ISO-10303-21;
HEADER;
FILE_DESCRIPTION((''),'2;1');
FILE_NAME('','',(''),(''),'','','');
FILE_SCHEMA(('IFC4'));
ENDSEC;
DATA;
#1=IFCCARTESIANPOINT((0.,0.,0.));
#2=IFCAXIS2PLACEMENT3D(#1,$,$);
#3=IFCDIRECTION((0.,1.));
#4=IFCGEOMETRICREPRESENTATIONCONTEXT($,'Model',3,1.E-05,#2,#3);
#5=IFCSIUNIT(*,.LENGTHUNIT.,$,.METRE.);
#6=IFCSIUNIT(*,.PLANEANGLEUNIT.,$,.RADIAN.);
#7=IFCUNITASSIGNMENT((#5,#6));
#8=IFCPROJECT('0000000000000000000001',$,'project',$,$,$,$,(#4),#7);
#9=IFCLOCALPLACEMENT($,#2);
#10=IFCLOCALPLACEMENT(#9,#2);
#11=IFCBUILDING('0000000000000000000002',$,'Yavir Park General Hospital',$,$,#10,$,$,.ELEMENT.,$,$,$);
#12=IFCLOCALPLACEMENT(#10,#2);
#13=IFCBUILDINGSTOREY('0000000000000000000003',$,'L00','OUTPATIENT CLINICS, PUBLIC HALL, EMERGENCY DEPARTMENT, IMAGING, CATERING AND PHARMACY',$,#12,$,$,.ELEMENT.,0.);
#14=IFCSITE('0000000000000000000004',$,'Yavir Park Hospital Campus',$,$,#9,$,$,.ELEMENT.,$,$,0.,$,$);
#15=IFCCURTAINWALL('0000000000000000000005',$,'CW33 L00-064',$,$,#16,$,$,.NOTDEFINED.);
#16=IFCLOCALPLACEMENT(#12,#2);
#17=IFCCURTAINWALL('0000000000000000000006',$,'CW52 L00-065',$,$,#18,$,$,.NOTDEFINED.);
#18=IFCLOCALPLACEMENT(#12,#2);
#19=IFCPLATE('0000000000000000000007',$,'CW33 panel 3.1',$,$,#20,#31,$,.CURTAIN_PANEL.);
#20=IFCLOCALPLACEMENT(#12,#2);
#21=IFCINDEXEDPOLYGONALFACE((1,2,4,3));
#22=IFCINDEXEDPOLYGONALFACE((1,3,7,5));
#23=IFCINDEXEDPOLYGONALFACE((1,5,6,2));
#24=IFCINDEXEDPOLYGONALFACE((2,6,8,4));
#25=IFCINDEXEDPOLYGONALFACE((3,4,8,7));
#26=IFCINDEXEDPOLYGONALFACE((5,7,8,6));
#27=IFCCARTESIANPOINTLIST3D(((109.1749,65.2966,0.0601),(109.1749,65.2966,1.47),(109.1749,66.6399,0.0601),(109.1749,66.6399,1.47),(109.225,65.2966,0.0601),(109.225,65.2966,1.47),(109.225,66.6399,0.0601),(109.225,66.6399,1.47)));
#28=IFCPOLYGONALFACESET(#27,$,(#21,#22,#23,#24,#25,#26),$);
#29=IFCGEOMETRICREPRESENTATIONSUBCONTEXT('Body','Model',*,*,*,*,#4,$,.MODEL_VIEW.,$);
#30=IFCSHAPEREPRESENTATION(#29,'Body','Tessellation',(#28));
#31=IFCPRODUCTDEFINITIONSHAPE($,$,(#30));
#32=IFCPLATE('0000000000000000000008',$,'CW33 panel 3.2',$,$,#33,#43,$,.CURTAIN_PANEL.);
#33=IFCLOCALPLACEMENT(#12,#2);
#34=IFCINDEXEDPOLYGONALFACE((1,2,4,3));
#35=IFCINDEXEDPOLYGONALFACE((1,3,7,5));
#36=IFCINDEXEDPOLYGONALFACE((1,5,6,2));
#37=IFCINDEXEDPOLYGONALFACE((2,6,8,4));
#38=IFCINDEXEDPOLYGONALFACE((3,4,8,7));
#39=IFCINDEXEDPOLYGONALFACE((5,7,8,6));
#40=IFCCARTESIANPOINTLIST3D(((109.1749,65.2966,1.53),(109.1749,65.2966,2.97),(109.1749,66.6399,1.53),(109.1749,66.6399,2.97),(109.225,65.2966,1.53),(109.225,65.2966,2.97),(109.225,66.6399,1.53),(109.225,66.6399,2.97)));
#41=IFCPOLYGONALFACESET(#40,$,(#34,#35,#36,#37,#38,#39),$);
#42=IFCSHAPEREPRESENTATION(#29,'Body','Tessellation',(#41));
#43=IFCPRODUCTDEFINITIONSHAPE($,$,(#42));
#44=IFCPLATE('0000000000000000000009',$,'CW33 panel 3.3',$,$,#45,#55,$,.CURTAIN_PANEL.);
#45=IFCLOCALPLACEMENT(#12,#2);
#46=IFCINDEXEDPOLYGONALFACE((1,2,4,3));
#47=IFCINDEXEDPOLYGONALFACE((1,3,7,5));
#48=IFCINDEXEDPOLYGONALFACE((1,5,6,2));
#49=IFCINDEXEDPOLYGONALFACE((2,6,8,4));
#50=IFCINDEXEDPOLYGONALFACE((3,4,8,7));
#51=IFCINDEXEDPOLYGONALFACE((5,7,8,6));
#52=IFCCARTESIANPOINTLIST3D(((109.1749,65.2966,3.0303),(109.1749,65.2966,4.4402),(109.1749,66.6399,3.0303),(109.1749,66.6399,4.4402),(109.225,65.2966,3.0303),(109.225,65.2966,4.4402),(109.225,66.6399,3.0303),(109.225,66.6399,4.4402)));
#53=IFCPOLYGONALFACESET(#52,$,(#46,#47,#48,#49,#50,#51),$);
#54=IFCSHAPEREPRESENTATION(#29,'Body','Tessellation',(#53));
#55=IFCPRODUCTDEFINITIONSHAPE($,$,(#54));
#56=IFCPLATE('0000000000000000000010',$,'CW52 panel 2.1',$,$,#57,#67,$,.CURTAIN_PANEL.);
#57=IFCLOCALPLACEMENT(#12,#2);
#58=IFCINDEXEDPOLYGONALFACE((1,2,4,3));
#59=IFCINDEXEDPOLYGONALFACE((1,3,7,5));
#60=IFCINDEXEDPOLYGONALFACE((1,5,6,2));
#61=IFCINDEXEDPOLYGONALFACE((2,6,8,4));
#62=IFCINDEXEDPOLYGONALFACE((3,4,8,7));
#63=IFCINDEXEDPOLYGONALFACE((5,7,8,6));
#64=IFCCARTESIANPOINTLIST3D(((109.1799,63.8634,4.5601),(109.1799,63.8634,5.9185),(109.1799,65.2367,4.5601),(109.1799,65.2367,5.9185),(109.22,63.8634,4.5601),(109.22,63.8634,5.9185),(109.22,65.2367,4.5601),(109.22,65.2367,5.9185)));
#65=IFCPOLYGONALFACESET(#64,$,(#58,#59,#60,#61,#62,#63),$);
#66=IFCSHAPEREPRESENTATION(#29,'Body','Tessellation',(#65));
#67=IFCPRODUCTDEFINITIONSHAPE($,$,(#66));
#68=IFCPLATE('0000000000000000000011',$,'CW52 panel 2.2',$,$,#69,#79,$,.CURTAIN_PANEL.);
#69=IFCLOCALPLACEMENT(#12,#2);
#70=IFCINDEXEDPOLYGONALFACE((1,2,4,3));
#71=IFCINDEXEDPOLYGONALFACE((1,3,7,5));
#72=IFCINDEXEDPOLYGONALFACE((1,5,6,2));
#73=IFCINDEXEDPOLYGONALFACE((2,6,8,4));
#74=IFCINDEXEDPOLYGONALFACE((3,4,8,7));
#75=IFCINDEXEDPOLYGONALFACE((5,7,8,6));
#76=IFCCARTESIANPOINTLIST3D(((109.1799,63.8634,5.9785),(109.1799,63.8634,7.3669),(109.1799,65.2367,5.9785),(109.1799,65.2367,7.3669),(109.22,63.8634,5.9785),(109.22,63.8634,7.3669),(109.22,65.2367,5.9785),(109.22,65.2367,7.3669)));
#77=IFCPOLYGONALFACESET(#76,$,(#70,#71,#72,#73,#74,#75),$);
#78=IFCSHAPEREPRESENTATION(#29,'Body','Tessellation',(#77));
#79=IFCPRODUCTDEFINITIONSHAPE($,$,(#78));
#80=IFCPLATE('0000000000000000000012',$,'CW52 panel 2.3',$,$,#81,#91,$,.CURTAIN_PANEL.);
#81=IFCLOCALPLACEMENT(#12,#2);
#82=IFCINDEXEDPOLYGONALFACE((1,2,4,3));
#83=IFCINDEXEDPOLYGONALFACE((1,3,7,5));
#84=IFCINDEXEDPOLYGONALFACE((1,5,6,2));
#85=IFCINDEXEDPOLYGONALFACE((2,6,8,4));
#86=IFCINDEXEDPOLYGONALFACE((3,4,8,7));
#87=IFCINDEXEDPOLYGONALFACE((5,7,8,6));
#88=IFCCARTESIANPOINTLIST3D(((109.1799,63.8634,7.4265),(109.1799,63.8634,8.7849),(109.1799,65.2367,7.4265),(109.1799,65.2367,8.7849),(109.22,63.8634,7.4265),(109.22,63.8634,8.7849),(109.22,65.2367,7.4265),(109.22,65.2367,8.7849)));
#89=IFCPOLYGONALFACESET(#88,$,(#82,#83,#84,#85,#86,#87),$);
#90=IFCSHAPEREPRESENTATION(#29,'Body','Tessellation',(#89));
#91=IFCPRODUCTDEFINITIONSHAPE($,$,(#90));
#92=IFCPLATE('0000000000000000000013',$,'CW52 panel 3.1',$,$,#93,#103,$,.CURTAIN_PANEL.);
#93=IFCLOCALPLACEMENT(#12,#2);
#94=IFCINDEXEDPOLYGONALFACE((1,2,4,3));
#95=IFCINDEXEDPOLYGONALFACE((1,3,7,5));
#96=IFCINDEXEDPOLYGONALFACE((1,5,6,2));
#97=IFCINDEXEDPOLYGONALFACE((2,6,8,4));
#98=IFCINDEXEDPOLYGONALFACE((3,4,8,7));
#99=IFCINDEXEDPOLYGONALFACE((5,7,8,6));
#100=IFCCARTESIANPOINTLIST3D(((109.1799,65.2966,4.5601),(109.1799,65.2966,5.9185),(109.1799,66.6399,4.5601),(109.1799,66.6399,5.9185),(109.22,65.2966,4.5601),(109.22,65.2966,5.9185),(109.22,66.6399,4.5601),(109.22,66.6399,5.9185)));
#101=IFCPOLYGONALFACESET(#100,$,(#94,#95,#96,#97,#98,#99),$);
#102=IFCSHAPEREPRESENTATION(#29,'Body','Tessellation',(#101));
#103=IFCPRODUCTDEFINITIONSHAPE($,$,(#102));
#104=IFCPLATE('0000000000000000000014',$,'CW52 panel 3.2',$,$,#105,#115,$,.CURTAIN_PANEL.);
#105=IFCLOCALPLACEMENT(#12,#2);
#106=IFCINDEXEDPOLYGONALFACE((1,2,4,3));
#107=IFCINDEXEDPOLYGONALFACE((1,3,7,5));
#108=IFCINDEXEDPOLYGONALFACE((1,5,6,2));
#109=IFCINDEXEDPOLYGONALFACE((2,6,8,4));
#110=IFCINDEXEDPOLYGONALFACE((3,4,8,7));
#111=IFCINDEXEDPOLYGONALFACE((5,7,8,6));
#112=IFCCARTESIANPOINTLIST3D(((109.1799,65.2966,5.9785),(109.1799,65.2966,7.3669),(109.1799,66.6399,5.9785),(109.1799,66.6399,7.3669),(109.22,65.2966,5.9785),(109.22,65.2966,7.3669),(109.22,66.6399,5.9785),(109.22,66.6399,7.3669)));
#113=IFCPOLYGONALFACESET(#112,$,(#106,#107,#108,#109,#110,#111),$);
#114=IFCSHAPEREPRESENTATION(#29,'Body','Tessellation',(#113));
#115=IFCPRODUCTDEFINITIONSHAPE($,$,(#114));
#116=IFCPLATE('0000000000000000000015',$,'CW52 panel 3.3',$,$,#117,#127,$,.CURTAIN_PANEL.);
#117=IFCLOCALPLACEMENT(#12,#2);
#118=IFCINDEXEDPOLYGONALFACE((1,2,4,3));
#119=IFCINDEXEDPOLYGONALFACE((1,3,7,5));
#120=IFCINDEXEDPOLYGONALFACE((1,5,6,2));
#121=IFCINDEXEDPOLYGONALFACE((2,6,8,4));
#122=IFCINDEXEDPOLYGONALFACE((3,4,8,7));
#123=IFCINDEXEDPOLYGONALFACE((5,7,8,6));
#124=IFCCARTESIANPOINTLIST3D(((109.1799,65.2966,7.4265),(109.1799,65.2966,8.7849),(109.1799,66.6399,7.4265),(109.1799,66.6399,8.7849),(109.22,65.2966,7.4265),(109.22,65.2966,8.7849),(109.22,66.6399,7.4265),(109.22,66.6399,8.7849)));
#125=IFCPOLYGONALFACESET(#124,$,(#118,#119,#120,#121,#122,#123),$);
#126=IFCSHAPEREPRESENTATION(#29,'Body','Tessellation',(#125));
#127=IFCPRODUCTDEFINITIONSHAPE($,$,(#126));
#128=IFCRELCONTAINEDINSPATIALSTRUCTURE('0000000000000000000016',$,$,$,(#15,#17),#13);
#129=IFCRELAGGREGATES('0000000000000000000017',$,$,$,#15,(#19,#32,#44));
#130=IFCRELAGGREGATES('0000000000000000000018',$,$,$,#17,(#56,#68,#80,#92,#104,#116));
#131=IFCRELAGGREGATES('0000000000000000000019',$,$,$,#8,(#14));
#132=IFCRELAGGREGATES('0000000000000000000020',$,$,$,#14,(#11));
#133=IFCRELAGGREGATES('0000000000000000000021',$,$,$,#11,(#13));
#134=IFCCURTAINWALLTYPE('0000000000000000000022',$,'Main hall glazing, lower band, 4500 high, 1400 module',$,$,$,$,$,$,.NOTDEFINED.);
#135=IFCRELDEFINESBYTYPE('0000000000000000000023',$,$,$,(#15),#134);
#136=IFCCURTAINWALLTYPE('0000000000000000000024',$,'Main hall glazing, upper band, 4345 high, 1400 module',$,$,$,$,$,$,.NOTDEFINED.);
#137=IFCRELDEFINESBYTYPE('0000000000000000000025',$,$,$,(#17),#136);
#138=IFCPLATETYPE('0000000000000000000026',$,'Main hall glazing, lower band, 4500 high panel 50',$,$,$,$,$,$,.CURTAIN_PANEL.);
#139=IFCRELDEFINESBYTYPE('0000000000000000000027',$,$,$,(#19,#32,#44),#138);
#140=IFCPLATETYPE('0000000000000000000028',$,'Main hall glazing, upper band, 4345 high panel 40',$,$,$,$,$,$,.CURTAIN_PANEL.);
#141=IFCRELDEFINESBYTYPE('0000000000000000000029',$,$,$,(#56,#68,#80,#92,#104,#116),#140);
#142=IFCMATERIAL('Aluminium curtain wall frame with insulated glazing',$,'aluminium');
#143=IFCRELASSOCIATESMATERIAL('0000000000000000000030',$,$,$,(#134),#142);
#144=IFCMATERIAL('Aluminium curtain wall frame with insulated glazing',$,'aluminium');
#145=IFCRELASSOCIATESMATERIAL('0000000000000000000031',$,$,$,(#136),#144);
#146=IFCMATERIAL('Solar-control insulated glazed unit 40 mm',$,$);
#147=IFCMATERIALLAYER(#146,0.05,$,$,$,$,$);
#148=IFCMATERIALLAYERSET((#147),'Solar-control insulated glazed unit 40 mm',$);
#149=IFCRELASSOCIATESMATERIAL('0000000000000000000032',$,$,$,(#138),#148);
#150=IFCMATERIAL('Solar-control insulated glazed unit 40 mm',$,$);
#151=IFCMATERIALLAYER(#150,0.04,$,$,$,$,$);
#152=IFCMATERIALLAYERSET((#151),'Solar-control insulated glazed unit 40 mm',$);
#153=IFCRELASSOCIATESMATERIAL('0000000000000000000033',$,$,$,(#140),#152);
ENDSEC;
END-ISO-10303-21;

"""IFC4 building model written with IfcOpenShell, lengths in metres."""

from ifc_helpers import new_model, si_unit, direction, frame, origin, origin_2d, place, context, subcontext, project, spatial, rectangle, extrude, material, layer, layer_set, type_object, element, aggregate, save


model = new_model("IFC4")

# Units and contexts
model_context = context("Model", 3, precision=1e-05, world=origin(), true_north=direction((0.0, 1.0)))
body_context = subcontext(model_context, "Body", "Model", "MODEL_VIEW")
ifc_project = project(units=[si_unit("LENGTHUNIT", "METRE"), si_unit("PLANEANGLEUNIT", "RADIAN")], contexts=[model_context])

# Site, building, storey
site_placement = place(None, origin())
site = spatial("IfcSite", under=ifc_project, at=site_placement, Name="Yavir Park Hospital Campus", CompositionType="ELEMENT", RefElevation=0.0)
building_placement = place(site_placement, origin())
building = spatial("IfcBuilding", under=site, at=building_placement, Name="Yavir Park General Hospital", CompositionType="ELEMENT")
storey_placement = place(building_placement, origin())
storey = spatial("IfcBuildingStorey", under=building, at=storey_placement, Name="L00", Description="OUTPATIENT CLINICS, PUBLIC HALL, EMERGENCY DEPARTMENT, IMAGING, CATERING AND PHARMACY", CompositionType="ELEMENT", Elevation=0.0)

# Curtain walls
ifc_material_1 = material(Name="Aluminium curtain wall frame with insulated glazing", Category="aluminium")
curtain_wall_type_1 = type_object("IfcCurtainWallType", Name="Main hall glazing, lower band, 4500 high, 1400 module", PredefinedType="NOTDEFINED", material=ifc_material_1)
curtain_wall_1_placement = place(storey_placement, origin())
curtain_wall_1 = element("IfcCurtainWall", 1, at=curtain_wall_1_placement, inside=storey, type_object=curtain_wall_type_1, Name="CW33 L00-064", PredefinedType="NOTDEFINED")
ifc_material_2 = material(Name="Aluminium curtain wall frame with insulated glazing", Category="aluminium")
curtain_wall_type_2 = type_object("IfcCurtainWallType", Name="Main hall glazing, upper band, 4345 high, 1400 module", PredefinedType="NOTDEFINED", material=ifc_material_2)
curtain_wall_2_placement = place(storey_placement, origin())
curtain_wall_2 = element("IfcCurtainWall", 2, at=curtain_wall_2_placement, inside=storey, type_object=curtain_wall_type_2, Name="CW52 L00-065", PredefinedType="NOTDEFINED")

# Plates
ifc_material_3 = material(Name="Solar-control insulated glazed unit 40 mm")
ifc_layer_1 = layer(ifc_material_3, 0.05)
ifc_layer_set_1 = layer_set([ifc_layer_1], Name="Solar-control insulated glazed unit 40 mm")
plate_type_1 = type_object("IfcPlateType", Name="Main hall glazing, lower band, 4500 high panel 50", PredefinedType="CURTAIN_PANEL", material=ifc_layer_set_1)
plate_1_placement = place(storey_placement, frame((109.2, 65.9683, 0.0601), z_axis=(0.0, 0.0, 1.0), x_axis=(0.0, 1.0, 0.0)))
plate_1 = element("IfcPlate", 3, at=plate_1_placement, type_object=plate_type_1, Name="CW33 panel 3.1", PredefinedType="CURTAIN_PANEL", context=body_context, shape_type="SweptSolid", body=[
    extrude(rectangle(XDim=1.3433, YDim=0.05, at=origin_2d()), origin(), (0.0, 0.0, 1.0), 1.4099),
])
plate_2_placement = place(storey_placement, frame((109.2, 65.9683, 1.53), z_axis=(0.0, 0.0, 1.0), x_axis=(0.0, 1.0, 0.0)))
plate_2 = element("IfcPlate", 4, at=plate_2_placement, type_object=plate_type_1, Name="CW33 panel 3.2", PredefinedType="CURTAIN_PANEL", context=body_context, shape_type="SweptSolid", body=[
    extrude(rectangle(XDim=1.3433, YDim=0.05, at=origin_2d()), origin(), (0.0, 0.0, 1.0), 1.4399),
])
plate_3_placement = place(storey_placement, frame((109.2, 65.9683, 3.0303), z_axis=(0.0, 0.0, 1.0), x_axis=(0.0, 1.0, 0.0)))
plate_3 = element("IfcPlate", 5, at=plate_3_placement, type_object=plate_type_1, Name="CW33 panel 3.3", PredefinedType="CURTAIN_PANEL", context=body_context, shape_type="SweptSolid", body=[
    extrude(rectangle(XDim=1.3433, YDim=0.05, at=origin_2d()), origin(), (0.0, 0.0, 1.0), 1.4099),
])
aggregate(curtain_wall_1, [plate_1, plate_2, plate_3])
ifc_material_4 = material(Name="Solar-control insulated glazed unit 40 mm")
ifc_layer_2 = layer(ifc_material_4, 0.04)
ifc_layer_set_2 = layer_set([ifc_layer_2], Name="Solar-control insulated glazed unit 40 mm")
plate_type_2 = type_object("IfcPlateType", Name="Main hall glazing, upper band, 4345 high panel 40", PredefinedType="CURTAIN_PANEL", material=ifc_layer_set_2)
plate_4_placement = place(storey_placement, frame((109.2, 64.55, 4.5601), z_axis=(0.0, 0.0, 1.0), x_axis=(0.0, 1.0, 0.0)))
plate_4 = element("IfcPlate", 6, at=plate_4_placement, type_object=plate_type_2, Name="CW52 panel 2.1", PredefinedType="CURTAIN_PANEL", context=body_context, shape_type="SweptSolid", body=[
    extrude(rectangle(XDim=1.3733, YDim=0.04, at=origin_2d()), origin(), (0.0, 0.0, 1.0), 1.3584),
])
plate_5_placement = place(storey_placement, frame((109.2, 64.55, 5.9785), z_axis=(0.0, 0.0, 1.0), x_axis=(0.0, 1.0, 0.0)))
plate_5 = element("IfcPlate", 7, at=plate_5_placement, type_object=plate_type_2, Name="CW52 panel 2.2", PredefinedType="CURTAIN_PANEL", context=body_context, shape_type="SweptSolid", body=[
    extrude(rectangle(XDim=1.3733, YDim=0.04, at=origin_2d()), origin(), (0.0, 0.0, 1.0), 1.3884),
])
plate_6_placement = place(storey_placement, frame((109.2, 64.55, 7.4265), z_axis=(0.0, 0.0, 1.0), x_axis=(0.0, 1.0, 0.0)))
plate_6 = element("IfcPlate", 8, at=plate_6_placement, type_object=plate_type_2, Name="CW52 panel 2.3", PredefinedType="CURTAIN_PANEL", context=body_context, shape_type="SweptSolid", body=[
    extrude(rectangle(XDim=1.3733, YDim=0.04, at=origin_2d()), origin(), (0.0, 0.0, 1.0), 1.3584),
])
plate_7_placement = place(storey_placement, frame((109.2, 65.9683, 4.5601), z_axis=(0.0, 0.0, 1.0), x_axis=(0.0, 1.0, 0.0)))
plate_7 = element("IfcPlate", 9, at=plate_7_placement, type_object=plate_type_2, Name="CW52 panel 3.1", PredefinedType="CURTAIN_PANEL", context=body_context, shape_type="SweptSolid", body=[
    extrude(rectangle(XDim=1.3433, YDim=0.04, at=origin_2d()), origin(), (0.0, 0.0, 1.0), 1.3584),
])
plate_8_placement = place(storey_placement, frame((109.2, 65.9683, 5.9785), z_axis=(0.0, 0.0, 1.0), x_axis=(0.0, 1.0, 0.0)))
plate_8 = element("IfcPlate", 10, at=plate_8_placement, type_object=plate_type_2, Name="CW52 panel 3.2", PredefinedType="CURTAIN_PANEL", context=body_context, shape_type="SweptSolid", body=[
    extrude(rectangle(XDim=1.3433, YDim=0.04, at=origin_2d()), origin(), (0.0, 0.0, 1.0), 1.3884),
])
plate_9_placement = place(storey_placement, frame((109.2, 65.9683, 7.4265), z_axis=(0.0, 0.0, 1.0), x_axis=(0.0, 1.0, 0.0)))
plate_9 = element("IfcPlate", 11, at=plate_9_placement, type_object=plate_type_2, Name="CW52 panel 3.3", PredefinedType="CURTAIN_PANEL", context=body_context, shape_type="SweptSolid", body=[
    extrude(rectangle(XDim=1.3433, YDim=0.04, at=origin_2d()), origin(), (0.0, 0.0, 1.0), 1.3584),
])
aggregate(curtain_wall_2, [plate_4, plate_5, plate_6, plate_7, plate_8, plate_9])

save(model, "model.ifc")
